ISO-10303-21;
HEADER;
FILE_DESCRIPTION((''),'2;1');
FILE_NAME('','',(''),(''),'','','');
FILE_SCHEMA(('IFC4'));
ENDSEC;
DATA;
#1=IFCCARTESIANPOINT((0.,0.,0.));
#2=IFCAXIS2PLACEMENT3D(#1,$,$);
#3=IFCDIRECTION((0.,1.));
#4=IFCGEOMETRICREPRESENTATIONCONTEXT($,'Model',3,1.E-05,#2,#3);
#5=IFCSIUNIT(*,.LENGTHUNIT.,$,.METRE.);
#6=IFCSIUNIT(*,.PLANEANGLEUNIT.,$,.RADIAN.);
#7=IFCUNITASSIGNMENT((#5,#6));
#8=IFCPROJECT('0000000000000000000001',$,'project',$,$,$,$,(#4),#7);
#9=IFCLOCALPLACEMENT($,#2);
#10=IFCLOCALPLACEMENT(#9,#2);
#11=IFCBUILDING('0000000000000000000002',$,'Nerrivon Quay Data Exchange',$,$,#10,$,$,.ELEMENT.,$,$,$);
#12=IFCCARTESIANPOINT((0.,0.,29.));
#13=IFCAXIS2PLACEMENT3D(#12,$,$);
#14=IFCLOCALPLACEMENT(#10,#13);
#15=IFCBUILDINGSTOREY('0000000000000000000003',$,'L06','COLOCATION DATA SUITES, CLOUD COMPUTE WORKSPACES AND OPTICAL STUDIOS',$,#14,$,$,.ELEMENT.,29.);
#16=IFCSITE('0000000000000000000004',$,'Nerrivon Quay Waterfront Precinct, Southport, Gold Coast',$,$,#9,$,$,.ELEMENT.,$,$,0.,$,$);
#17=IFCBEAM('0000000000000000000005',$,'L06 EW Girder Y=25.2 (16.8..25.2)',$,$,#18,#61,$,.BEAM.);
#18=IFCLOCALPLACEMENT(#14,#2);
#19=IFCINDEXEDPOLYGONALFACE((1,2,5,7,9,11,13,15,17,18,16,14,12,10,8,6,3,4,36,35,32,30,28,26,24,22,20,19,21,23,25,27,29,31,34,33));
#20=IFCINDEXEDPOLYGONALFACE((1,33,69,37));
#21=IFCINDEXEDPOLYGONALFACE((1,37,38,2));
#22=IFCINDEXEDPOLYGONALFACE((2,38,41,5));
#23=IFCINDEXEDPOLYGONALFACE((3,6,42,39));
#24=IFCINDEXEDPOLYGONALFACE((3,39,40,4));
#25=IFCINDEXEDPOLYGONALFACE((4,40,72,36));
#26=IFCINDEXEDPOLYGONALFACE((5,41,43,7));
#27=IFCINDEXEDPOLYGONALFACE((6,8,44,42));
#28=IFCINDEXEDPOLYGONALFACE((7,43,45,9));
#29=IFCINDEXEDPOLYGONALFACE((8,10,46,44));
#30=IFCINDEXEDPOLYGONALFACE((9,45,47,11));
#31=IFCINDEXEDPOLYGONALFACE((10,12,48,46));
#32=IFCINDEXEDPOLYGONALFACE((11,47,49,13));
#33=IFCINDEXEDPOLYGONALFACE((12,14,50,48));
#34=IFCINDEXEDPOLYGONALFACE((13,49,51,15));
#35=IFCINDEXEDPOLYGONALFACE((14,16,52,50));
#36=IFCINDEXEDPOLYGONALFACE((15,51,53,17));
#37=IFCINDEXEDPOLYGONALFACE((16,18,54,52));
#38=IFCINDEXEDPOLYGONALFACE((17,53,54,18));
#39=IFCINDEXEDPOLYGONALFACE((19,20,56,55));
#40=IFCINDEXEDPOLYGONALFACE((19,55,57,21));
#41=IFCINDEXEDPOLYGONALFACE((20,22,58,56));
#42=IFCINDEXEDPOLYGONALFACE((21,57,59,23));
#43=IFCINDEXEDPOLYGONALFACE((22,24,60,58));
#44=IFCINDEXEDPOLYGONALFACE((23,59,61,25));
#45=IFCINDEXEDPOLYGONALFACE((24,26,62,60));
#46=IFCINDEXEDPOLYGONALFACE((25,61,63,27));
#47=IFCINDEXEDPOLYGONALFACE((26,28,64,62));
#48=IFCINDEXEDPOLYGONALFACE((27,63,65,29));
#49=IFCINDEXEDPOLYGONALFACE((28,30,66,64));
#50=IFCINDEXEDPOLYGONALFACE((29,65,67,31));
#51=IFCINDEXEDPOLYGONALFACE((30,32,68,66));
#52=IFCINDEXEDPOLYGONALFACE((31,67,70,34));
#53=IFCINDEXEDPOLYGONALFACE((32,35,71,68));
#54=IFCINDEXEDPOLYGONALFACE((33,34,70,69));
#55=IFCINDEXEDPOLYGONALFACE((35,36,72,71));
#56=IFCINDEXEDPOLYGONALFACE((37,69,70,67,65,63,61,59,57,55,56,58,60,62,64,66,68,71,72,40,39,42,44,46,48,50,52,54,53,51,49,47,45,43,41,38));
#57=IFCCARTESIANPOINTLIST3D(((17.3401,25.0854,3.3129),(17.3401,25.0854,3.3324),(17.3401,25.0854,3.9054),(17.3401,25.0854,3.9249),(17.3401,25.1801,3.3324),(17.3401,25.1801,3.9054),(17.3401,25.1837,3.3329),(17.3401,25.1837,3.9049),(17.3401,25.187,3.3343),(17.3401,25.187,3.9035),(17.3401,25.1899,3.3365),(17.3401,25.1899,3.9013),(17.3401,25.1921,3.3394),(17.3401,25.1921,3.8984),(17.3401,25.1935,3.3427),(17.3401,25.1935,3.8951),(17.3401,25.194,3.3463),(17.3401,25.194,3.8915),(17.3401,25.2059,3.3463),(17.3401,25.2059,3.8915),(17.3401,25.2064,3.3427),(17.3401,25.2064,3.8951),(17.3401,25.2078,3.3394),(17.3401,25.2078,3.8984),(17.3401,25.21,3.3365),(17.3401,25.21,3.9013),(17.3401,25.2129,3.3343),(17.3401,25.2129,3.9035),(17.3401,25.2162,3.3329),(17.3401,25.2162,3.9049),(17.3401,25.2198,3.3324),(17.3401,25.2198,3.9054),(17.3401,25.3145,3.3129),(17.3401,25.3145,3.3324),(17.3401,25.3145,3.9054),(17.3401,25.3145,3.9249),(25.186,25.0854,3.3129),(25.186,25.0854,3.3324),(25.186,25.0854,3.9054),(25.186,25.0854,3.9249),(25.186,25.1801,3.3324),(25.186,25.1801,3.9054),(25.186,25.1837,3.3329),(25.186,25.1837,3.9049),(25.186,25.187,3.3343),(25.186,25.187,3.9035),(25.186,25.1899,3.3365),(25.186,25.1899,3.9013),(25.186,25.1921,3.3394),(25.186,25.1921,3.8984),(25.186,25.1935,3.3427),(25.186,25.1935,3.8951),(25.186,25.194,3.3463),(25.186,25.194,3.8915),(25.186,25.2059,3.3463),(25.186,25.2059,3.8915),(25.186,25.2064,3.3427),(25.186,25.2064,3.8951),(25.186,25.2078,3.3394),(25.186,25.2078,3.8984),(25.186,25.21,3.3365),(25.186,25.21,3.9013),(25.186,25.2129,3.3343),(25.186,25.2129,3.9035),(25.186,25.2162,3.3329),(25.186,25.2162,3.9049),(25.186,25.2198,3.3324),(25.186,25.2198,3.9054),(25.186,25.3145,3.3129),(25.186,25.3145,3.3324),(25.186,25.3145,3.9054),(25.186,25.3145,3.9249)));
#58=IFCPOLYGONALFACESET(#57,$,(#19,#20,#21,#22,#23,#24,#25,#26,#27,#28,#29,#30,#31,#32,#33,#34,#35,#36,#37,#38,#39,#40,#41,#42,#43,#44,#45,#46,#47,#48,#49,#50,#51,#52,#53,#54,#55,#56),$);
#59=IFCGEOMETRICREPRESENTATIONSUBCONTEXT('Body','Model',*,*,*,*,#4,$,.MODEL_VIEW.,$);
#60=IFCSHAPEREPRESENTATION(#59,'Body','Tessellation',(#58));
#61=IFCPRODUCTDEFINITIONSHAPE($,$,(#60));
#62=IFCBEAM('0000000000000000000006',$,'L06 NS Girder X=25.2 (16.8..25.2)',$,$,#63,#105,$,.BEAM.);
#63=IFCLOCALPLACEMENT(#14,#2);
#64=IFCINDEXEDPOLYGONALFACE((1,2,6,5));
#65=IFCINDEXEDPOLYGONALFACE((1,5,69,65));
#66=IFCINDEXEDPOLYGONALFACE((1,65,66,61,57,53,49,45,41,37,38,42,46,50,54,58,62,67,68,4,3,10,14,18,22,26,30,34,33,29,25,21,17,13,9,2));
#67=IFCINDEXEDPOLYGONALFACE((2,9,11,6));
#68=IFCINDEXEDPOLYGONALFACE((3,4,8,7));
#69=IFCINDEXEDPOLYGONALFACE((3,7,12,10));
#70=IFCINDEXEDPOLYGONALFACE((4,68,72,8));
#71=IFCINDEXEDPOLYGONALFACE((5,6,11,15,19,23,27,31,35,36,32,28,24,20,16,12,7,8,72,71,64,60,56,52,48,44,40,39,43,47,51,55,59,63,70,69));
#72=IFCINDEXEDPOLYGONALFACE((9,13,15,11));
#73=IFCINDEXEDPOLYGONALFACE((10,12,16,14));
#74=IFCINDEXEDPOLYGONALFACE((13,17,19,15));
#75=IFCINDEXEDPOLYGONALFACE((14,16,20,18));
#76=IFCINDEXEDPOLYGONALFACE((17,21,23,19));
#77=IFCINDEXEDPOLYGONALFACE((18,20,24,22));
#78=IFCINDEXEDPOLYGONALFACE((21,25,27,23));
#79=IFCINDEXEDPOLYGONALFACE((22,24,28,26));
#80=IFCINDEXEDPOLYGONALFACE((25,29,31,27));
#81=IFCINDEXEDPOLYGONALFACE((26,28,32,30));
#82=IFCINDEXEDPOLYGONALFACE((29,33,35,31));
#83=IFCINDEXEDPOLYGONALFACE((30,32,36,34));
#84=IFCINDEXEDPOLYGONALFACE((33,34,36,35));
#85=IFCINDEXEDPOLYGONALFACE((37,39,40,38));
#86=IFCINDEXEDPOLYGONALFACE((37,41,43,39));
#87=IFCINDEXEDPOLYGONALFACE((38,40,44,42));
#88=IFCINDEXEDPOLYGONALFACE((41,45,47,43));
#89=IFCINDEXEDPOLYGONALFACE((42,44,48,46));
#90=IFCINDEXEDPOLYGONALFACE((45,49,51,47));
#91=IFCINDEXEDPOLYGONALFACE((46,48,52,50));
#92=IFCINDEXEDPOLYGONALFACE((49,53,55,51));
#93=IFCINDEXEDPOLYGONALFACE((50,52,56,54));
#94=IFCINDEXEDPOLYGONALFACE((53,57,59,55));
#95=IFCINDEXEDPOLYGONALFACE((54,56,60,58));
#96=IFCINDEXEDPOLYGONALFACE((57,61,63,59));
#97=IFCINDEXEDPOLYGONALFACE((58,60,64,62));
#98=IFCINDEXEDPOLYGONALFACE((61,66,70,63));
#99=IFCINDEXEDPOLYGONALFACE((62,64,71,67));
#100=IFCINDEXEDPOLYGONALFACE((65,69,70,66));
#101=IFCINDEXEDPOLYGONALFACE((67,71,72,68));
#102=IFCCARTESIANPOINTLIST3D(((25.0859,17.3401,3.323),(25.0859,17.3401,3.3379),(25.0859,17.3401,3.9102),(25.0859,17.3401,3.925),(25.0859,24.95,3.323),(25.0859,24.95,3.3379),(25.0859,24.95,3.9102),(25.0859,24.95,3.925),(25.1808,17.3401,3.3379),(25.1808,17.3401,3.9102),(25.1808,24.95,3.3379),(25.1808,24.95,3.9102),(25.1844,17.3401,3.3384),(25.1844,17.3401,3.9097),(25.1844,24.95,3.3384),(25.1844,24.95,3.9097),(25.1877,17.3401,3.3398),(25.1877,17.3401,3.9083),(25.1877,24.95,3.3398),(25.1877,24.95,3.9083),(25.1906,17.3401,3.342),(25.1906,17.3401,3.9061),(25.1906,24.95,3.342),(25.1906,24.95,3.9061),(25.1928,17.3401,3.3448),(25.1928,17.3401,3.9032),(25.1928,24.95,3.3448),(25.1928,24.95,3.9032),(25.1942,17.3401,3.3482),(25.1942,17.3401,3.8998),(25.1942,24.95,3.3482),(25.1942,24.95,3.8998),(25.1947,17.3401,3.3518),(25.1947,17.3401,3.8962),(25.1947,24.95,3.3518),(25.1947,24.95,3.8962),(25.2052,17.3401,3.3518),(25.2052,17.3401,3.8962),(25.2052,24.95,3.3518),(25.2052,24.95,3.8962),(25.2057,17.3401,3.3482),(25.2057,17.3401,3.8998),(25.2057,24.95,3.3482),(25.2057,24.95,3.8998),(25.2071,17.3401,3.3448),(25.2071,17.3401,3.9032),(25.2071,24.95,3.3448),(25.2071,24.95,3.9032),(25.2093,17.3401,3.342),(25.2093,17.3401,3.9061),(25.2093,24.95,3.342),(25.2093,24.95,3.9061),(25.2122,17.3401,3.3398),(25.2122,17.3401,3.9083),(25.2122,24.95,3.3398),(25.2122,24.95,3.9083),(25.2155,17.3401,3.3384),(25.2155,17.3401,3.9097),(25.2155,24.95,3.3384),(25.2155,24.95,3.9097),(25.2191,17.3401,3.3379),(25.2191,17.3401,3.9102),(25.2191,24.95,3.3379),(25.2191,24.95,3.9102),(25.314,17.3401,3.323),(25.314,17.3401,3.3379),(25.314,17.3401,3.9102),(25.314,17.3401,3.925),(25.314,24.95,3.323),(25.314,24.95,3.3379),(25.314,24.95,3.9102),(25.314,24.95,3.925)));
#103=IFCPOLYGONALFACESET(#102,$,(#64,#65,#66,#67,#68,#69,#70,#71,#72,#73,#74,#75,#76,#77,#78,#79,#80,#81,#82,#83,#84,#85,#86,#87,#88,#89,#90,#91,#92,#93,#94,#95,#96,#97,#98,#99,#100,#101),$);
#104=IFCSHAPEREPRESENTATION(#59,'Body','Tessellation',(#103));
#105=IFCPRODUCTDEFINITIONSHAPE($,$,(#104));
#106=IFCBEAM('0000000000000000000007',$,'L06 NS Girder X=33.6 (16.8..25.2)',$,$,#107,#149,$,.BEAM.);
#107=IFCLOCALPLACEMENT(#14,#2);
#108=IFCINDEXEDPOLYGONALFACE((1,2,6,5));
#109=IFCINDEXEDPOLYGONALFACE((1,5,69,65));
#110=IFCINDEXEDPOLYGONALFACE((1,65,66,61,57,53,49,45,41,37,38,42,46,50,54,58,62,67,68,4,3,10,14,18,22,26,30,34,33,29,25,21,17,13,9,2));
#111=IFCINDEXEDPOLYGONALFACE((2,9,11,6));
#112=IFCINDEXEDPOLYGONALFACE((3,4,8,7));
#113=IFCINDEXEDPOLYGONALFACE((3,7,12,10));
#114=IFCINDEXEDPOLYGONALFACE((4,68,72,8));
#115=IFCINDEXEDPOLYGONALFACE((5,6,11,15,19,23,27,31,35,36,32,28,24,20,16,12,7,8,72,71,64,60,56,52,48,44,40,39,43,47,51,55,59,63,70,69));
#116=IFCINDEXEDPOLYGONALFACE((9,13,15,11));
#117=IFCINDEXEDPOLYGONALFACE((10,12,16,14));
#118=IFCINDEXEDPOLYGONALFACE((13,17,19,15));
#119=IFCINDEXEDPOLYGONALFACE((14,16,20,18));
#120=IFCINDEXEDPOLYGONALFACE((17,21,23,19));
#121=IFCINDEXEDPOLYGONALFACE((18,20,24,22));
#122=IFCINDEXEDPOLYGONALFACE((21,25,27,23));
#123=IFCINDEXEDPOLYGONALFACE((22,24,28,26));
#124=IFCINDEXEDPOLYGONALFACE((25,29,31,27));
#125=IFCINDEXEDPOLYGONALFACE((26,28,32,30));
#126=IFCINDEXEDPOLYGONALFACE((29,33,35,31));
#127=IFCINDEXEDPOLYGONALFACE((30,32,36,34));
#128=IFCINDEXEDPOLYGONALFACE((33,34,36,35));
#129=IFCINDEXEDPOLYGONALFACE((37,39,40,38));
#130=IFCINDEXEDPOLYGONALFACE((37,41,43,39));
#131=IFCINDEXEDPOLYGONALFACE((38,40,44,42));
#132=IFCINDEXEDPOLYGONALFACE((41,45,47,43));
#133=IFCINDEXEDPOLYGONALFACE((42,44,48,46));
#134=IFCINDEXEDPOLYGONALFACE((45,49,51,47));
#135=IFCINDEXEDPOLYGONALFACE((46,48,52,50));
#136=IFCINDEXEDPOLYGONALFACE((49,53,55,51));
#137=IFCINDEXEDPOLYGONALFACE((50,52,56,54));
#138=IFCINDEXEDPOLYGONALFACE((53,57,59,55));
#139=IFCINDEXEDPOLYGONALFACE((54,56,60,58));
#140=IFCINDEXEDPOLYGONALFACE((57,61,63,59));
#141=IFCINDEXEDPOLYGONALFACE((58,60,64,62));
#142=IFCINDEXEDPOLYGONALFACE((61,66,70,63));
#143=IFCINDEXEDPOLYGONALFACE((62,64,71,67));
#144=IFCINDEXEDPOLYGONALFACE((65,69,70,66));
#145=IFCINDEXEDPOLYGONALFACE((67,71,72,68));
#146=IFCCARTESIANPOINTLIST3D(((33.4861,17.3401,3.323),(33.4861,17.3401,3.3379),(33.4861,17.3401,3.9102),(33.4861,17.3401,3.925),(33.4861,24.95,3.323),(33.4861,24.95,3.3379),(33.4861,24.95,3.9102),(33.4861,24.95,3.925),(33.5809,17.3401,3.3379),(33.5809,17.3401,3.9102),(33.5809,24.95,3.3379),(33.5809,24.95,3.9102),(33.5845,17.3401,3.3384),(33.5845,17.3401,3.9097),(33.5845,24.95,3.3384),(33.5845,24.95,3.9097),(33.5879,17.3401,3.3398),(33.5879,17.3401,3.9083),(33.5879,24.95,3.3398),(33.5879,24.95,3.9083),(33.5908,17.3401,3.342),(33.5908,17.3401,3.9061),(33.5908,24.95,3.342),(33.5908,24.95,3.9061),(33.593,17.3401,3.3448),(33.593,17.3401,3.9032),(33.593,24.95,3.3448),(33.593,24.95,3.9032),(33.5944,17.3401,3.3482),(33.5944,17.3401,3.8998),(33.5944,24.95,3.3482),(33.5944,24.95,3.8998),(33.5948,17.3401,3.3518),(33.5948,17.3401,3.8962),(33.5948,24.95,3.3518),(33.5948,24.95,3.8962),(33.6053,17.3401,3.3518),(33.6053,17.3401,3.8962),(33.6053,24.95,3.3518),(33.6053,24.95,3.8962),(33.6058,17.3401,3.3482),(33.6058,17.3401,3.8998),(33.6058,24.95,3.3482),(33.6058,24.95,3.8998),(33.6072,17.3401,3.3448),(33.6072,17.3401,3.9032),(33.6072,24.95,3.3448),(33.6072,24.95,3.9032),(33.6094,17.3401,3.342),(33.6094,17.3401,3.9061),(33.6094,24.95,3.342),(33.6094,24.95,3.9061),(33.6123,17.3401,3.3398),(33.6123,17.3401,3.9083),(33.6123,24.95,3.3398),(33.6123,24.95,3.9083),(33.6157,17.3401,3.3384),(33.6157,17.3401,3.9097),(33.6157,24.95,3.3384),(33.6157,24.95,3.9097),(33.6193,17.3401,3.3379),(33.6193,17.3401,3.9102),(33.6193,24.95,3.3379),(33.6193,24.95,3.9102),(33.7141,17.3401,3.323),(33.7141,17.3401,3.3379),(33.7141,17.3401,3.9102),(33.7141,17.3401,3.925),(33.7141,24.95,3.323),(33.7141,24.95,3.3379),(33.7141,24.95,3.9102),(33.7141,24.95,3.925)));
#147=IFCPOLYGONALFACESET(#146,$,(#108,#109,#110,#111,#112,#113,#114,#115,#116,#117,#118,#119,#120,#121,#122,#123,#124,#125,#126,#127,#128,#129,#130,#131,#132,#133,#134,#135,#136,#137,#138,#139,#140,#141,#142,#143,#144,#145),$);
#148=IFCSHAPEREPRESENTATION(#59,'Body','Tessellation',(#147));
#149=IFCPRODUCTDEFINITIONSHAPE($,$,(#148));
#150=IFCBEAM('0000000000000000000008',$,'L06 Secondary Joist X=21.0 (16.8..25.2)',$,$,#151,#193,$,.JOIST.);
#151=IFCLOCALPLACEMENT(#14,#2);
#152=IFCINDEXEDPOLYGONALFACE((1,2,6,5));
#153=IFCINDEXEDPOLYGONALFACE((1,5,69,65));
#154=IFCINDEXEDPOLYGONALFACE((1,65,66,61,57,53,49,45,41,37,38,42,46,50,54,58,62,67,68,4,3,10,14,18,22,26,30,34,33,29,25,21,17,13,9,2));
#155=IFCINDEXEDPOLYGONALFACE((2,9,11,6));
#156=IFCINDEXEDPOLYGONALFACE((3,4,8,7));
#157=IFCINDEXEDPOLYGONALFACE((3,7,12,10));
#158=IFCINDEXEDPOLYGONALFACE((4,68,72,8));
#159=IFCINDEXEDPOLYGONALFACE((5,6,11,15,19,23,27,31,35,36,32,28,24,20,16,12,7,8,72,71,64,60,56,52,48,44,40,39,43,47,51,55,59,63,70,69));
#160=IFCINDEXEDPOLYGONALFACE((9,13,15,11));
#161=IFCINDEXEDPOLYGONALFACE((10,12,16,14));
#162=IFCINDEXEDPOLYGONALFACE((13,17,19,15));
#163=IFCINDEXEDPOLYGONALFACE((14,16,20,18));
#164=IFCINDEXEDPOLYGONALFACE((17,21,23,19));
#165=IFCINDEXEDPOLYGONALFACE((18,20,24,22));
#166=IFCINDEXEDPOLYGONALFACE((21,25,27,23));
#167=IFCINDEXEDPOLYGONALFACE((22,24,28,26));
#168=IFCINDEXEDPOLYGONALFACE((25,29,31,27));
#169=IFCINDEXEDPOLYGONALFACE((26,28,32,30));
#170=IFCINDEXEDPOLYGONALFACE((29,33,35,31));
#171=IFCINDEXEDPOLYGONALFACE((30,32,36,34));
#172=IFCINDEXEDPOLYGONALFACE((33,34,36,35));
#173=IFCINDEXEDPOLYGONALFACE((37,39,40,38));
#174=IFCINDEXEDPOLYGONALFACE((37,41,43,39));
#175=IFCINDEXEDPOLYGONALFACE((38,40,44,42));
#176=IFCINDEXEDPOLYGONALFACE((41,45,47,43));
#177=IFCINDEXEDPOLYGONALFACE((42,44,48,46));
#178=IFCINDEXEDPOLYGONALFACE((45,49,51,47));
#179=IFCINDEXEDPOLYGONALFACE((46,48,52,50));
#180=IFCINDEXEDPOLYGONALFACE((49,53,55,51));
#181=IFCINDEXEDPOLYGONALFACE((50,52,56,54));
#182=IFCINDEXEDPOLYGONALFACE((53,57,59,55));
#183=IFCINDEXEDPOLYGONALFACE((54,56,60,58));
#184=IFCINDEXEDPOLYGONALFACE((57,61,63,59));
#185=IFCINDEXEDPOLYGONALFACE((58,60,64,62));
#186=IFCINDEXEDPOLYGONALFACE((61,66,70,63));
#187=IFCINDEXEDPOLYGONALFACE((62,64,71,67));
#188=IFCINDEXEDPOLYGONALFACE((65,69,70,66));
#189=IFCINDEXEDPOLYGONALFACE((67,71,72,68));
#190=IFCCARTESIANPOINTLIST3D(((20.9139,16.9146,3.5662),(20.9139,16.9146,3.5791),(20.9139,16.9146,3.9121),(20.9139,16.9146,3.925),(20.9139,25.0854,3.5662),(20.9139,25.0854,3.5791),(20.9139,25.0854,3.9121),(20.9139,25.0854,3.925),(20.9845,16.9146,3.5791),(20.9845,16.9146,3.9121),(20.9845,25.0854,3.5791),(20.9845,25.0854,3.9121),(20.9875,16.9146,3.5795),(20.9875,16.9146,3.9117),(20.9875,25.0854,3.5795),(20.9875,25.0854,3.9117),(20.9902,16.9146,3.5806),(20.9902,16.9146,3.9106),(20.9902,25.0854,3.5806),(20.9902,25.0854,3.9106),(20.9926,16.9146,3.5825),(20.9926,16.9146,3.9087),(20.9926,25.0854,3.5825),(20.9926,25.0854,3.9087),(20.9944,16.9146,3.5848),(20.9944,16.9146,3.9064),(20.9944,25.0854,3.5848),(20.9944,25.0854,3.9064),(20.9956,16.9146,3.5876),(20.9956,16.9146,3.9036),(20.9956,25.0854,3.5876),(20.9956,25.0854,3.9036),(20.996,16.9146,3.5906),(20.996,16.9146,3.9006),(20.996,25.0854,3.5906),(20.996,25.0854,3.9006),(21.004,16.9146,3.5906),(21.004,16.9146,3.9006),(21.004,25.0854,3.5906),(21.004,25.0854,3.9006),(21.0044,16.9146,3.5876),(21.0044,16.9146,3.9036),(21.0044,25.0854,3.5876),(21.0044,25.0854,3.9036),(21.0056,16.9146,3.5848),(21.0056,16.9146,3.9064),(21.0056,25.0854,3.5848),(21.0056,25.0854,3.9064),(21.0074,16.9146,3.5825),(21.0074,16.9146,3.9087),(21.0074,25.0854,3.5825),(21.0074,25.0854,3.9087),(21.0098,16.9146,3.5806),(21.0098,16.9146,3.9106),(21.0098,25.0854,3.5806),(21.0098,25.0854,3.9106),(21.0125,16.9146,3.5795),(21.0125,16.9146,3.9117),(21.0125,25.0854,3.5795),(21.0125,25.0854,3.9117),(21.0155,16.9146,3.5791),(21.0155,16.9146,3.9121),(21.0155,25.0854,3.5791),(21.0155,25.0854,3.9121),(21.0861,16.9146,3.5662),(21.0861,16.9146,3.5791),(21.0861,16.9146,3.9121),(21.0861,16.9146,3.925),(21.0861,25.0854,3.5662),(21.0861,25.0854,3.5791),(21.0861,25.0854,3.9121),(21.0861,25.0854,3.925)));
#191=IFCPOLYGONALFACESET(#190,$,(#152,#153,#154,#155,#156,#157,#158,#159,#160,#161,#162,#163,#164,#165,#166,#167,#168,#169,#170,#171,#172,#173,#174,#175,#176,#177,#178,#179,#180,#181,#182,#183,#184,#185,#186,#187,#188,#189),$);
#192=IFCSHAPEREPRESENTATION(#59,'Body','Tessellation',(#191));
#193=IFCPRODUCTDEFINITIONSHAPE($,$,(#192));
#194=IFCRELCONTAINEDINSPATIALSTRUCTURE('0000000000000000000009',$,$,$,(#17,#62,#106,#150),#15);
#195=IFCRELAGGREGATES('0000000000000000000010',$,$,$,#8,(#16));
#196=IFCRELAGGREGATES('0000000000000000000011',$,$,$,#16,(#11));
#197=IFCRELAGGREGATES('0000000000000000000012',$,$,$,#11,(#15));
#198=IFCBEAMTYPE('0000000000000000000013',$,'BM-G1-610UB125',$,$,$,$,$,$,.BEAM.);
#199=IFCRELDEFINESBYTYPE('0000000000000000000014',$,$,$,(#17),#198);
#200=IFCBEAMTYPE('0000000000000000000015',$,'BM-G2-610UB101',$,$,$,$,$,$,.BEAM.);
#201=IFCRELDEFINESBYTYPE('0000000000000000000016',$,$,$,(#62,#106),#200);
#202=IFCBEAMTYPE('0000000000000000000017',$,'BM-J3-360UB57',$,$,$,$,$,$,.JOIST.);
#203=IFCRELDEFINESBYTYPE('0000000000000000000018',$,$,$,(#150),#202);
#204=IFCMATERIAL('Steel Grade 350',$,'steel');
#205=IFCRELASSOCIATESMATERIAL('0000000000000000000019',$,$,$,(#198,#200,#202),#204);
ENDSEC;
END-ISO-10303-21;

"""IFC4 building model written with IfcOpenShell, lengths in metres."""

from ifc_helpers import new_model, si_unit, direction, frame, origin, origin_2d, place, context, subcontext, project, spatial, i_section, extrude, material, material_profile, profile_set, type_object, element, save


model = new_model("IFC4")

# Units and contexts
model_context = context("Model", 3, precision=1e-05, world=origin(), true_north=direction((0.0, 1.0)))
body_context = subcontext(model_context, "Body", "Model", "MODEL_VIEW")
ifc_project = project(units=[si_unit("LENGTHUNIT", "METRE"), si_unit("PLANEANGLEUNIT", "RADIAN")], contexts=[model_context])

# Site, building, storey
site_placement = place(None, origin())
site = spatial("IfcSite", under=ifc_project, at=site_placement, Name="Nerrivon Quay Waterfront Precinct, Southport, Gold Coast", CompositionType="ELEMENT", RefElevation=0.0)
building_placement = place(site_placement, origin())
building = spatial("IfcBuilding", under=site, at=building_placement, Name="Nerrivon Quay Data Exchange", CompositionType="ELEMENT")
storey_placement = place(building_placement, frame((0.0, 0.0, 29.0)))
storey = spatial("IfcBuildingStorey", under=building, at=storey_placement, Name="L06", Description="COLOCATION DATA SUITES, CLOUD COMPUTE WORKSPACES AND OPTICAL STUDIOS", CompositionType="ELEMENT", Elevation=29.0)

# Beams
ifc_material_1 = material(Name="Steel Grade 350", Category="steel")
ifc_material_profile_1 = material_profile(ifc_material_1, i_section(OverallWidth=0.229, OverallDepth=0.6121, WebThickness=0.012, FlangeThickness=0.0195, FilletRadius=0.0139, at=origin_2d()), Name="610UB125")
ifc_profile_set_1 = profile_set([ifc_material_profile_1], Name="Steel Grade 350")
beam_type_1 = type_object("IfcBeamType", Name="BM-G1-610UB125", PredefinedType="BEAM", material=ifc_profile_set_1)
beam_1_placement = place(storey_placement, frame((17.3401, 25.2, 3.6189), z_axis=(1.0, 0.0, 0.0), x_axis=(0.0, 1.0, 0.0)))
element("IfcBeam", 1, at=beam_1_placement, inside=storey, type_object=beam_type_1, Name="L06 EW Girder Y=25.2 (16.8..25.2)", PredefinedType="BEAM", context=body_context, shape_type="SweptSolid", body=[
    extrude(i_section(OverallWidth=0.229, OverallDepth=0.6121, WebThickness=0.012, FlangeThickness=0.0195, FilletRadius=0.0139, at=origin_2d()), origin(), (0.0, 0.0, 1.0), 7.8459),
])
ifc_material_profile_2 = material_profile(ifc_material_1, i_section(OverallWidth=0.228, OverallDepth=0.6021, WebThickness=0.0105, FlangeThickness=0.0149, FilletRadius=0.0139, at=origin_2d()), Name="610UB101")
ifc_profile_set_2 = profile_set([ifc_material_profile_2], Name="Steel Grade 350")
beam_type_2 = type_object("IfcBeamType", Name="BM-G2-610UB101", PredefinedType="BEAM", material=ifc_profile_set_2)
for number, where, z_axis, x_axis, name in (
    (2, (25.2, 17.3401, 3.624), (0.0, 1.0, 0.0), (-1.0, 0.0, 0.0), "L06 NS Girder X=25.2 (16.8..25.2)"),
    (3, (33.6001, 17.3401, 3.624), (0.0, 1.0, 0.0), (-1.0, 0.0, 0.0), "L06 NS Girder X=33.6 (16.8..25.2)"),
):
    element("IfcBeam", number, at=place(storey_placement, frame(where, z_axis=z_axis, x_axis=x_axis)), inside=storey, type_object=beam_type_2, Name=name, PredefinedType="BEAM", context=body_context, shape_type="SweptSolid", body=[
        extrude(i_section(OverallWidth=0.228, OverallDepth=0.6021, WebThickness=0.0105, FlangeThickness=0.0149, FilletRadius=0.0139, at=origin_2d()), origin(), (0.0, 0.0, 1.0), 7.6099),
    ])
ifc_material_profile_3 = material_profile(ifc_material_1, i_section(OverallWidth=0.1721, OverallDepth=0.3589, WebThickness=0.0081, FlangeThickness=0.0129, FilletRadius=0.0115, at=origin_2d()), Name="360UB56.7")
ifc_profile_set_3 = profile_set([ifc_material_profile_3], Name="Steel Grade 350")
beam_type_3 = type_object("IfcBeamType", Name="BM-J3-360UB57", PredefinedType="JOIST", material=ifc_profile_set_3)
beam_2_placement = place(storey_placement, frame((21.0, 16.9146, 3.7456), z_axis=(0.0, 1.0, 0.0), x_axis=(-1.0, 0.0, 0.0)))
element("IfcBeam", 4, at=beam_2_placement, inside=storey, type_object=beam_type_3, Name="L06 Secondary Joist X=21.0 (16.8..25.2)", PredefinedType="JOIST", context=body_context, shape_type="SweptSolid", body=[
    extrude(i_section(OverallWidth=0.1721, OverallDepth=0.3589, WebThickness=0.0081, FlangeThickness=0.0129, FilletRadius=0.0115, at=origin_2d()), origin(), (0.0, 0.0, 1.0), 8.1709),
])

save(model, "model.ifc")
